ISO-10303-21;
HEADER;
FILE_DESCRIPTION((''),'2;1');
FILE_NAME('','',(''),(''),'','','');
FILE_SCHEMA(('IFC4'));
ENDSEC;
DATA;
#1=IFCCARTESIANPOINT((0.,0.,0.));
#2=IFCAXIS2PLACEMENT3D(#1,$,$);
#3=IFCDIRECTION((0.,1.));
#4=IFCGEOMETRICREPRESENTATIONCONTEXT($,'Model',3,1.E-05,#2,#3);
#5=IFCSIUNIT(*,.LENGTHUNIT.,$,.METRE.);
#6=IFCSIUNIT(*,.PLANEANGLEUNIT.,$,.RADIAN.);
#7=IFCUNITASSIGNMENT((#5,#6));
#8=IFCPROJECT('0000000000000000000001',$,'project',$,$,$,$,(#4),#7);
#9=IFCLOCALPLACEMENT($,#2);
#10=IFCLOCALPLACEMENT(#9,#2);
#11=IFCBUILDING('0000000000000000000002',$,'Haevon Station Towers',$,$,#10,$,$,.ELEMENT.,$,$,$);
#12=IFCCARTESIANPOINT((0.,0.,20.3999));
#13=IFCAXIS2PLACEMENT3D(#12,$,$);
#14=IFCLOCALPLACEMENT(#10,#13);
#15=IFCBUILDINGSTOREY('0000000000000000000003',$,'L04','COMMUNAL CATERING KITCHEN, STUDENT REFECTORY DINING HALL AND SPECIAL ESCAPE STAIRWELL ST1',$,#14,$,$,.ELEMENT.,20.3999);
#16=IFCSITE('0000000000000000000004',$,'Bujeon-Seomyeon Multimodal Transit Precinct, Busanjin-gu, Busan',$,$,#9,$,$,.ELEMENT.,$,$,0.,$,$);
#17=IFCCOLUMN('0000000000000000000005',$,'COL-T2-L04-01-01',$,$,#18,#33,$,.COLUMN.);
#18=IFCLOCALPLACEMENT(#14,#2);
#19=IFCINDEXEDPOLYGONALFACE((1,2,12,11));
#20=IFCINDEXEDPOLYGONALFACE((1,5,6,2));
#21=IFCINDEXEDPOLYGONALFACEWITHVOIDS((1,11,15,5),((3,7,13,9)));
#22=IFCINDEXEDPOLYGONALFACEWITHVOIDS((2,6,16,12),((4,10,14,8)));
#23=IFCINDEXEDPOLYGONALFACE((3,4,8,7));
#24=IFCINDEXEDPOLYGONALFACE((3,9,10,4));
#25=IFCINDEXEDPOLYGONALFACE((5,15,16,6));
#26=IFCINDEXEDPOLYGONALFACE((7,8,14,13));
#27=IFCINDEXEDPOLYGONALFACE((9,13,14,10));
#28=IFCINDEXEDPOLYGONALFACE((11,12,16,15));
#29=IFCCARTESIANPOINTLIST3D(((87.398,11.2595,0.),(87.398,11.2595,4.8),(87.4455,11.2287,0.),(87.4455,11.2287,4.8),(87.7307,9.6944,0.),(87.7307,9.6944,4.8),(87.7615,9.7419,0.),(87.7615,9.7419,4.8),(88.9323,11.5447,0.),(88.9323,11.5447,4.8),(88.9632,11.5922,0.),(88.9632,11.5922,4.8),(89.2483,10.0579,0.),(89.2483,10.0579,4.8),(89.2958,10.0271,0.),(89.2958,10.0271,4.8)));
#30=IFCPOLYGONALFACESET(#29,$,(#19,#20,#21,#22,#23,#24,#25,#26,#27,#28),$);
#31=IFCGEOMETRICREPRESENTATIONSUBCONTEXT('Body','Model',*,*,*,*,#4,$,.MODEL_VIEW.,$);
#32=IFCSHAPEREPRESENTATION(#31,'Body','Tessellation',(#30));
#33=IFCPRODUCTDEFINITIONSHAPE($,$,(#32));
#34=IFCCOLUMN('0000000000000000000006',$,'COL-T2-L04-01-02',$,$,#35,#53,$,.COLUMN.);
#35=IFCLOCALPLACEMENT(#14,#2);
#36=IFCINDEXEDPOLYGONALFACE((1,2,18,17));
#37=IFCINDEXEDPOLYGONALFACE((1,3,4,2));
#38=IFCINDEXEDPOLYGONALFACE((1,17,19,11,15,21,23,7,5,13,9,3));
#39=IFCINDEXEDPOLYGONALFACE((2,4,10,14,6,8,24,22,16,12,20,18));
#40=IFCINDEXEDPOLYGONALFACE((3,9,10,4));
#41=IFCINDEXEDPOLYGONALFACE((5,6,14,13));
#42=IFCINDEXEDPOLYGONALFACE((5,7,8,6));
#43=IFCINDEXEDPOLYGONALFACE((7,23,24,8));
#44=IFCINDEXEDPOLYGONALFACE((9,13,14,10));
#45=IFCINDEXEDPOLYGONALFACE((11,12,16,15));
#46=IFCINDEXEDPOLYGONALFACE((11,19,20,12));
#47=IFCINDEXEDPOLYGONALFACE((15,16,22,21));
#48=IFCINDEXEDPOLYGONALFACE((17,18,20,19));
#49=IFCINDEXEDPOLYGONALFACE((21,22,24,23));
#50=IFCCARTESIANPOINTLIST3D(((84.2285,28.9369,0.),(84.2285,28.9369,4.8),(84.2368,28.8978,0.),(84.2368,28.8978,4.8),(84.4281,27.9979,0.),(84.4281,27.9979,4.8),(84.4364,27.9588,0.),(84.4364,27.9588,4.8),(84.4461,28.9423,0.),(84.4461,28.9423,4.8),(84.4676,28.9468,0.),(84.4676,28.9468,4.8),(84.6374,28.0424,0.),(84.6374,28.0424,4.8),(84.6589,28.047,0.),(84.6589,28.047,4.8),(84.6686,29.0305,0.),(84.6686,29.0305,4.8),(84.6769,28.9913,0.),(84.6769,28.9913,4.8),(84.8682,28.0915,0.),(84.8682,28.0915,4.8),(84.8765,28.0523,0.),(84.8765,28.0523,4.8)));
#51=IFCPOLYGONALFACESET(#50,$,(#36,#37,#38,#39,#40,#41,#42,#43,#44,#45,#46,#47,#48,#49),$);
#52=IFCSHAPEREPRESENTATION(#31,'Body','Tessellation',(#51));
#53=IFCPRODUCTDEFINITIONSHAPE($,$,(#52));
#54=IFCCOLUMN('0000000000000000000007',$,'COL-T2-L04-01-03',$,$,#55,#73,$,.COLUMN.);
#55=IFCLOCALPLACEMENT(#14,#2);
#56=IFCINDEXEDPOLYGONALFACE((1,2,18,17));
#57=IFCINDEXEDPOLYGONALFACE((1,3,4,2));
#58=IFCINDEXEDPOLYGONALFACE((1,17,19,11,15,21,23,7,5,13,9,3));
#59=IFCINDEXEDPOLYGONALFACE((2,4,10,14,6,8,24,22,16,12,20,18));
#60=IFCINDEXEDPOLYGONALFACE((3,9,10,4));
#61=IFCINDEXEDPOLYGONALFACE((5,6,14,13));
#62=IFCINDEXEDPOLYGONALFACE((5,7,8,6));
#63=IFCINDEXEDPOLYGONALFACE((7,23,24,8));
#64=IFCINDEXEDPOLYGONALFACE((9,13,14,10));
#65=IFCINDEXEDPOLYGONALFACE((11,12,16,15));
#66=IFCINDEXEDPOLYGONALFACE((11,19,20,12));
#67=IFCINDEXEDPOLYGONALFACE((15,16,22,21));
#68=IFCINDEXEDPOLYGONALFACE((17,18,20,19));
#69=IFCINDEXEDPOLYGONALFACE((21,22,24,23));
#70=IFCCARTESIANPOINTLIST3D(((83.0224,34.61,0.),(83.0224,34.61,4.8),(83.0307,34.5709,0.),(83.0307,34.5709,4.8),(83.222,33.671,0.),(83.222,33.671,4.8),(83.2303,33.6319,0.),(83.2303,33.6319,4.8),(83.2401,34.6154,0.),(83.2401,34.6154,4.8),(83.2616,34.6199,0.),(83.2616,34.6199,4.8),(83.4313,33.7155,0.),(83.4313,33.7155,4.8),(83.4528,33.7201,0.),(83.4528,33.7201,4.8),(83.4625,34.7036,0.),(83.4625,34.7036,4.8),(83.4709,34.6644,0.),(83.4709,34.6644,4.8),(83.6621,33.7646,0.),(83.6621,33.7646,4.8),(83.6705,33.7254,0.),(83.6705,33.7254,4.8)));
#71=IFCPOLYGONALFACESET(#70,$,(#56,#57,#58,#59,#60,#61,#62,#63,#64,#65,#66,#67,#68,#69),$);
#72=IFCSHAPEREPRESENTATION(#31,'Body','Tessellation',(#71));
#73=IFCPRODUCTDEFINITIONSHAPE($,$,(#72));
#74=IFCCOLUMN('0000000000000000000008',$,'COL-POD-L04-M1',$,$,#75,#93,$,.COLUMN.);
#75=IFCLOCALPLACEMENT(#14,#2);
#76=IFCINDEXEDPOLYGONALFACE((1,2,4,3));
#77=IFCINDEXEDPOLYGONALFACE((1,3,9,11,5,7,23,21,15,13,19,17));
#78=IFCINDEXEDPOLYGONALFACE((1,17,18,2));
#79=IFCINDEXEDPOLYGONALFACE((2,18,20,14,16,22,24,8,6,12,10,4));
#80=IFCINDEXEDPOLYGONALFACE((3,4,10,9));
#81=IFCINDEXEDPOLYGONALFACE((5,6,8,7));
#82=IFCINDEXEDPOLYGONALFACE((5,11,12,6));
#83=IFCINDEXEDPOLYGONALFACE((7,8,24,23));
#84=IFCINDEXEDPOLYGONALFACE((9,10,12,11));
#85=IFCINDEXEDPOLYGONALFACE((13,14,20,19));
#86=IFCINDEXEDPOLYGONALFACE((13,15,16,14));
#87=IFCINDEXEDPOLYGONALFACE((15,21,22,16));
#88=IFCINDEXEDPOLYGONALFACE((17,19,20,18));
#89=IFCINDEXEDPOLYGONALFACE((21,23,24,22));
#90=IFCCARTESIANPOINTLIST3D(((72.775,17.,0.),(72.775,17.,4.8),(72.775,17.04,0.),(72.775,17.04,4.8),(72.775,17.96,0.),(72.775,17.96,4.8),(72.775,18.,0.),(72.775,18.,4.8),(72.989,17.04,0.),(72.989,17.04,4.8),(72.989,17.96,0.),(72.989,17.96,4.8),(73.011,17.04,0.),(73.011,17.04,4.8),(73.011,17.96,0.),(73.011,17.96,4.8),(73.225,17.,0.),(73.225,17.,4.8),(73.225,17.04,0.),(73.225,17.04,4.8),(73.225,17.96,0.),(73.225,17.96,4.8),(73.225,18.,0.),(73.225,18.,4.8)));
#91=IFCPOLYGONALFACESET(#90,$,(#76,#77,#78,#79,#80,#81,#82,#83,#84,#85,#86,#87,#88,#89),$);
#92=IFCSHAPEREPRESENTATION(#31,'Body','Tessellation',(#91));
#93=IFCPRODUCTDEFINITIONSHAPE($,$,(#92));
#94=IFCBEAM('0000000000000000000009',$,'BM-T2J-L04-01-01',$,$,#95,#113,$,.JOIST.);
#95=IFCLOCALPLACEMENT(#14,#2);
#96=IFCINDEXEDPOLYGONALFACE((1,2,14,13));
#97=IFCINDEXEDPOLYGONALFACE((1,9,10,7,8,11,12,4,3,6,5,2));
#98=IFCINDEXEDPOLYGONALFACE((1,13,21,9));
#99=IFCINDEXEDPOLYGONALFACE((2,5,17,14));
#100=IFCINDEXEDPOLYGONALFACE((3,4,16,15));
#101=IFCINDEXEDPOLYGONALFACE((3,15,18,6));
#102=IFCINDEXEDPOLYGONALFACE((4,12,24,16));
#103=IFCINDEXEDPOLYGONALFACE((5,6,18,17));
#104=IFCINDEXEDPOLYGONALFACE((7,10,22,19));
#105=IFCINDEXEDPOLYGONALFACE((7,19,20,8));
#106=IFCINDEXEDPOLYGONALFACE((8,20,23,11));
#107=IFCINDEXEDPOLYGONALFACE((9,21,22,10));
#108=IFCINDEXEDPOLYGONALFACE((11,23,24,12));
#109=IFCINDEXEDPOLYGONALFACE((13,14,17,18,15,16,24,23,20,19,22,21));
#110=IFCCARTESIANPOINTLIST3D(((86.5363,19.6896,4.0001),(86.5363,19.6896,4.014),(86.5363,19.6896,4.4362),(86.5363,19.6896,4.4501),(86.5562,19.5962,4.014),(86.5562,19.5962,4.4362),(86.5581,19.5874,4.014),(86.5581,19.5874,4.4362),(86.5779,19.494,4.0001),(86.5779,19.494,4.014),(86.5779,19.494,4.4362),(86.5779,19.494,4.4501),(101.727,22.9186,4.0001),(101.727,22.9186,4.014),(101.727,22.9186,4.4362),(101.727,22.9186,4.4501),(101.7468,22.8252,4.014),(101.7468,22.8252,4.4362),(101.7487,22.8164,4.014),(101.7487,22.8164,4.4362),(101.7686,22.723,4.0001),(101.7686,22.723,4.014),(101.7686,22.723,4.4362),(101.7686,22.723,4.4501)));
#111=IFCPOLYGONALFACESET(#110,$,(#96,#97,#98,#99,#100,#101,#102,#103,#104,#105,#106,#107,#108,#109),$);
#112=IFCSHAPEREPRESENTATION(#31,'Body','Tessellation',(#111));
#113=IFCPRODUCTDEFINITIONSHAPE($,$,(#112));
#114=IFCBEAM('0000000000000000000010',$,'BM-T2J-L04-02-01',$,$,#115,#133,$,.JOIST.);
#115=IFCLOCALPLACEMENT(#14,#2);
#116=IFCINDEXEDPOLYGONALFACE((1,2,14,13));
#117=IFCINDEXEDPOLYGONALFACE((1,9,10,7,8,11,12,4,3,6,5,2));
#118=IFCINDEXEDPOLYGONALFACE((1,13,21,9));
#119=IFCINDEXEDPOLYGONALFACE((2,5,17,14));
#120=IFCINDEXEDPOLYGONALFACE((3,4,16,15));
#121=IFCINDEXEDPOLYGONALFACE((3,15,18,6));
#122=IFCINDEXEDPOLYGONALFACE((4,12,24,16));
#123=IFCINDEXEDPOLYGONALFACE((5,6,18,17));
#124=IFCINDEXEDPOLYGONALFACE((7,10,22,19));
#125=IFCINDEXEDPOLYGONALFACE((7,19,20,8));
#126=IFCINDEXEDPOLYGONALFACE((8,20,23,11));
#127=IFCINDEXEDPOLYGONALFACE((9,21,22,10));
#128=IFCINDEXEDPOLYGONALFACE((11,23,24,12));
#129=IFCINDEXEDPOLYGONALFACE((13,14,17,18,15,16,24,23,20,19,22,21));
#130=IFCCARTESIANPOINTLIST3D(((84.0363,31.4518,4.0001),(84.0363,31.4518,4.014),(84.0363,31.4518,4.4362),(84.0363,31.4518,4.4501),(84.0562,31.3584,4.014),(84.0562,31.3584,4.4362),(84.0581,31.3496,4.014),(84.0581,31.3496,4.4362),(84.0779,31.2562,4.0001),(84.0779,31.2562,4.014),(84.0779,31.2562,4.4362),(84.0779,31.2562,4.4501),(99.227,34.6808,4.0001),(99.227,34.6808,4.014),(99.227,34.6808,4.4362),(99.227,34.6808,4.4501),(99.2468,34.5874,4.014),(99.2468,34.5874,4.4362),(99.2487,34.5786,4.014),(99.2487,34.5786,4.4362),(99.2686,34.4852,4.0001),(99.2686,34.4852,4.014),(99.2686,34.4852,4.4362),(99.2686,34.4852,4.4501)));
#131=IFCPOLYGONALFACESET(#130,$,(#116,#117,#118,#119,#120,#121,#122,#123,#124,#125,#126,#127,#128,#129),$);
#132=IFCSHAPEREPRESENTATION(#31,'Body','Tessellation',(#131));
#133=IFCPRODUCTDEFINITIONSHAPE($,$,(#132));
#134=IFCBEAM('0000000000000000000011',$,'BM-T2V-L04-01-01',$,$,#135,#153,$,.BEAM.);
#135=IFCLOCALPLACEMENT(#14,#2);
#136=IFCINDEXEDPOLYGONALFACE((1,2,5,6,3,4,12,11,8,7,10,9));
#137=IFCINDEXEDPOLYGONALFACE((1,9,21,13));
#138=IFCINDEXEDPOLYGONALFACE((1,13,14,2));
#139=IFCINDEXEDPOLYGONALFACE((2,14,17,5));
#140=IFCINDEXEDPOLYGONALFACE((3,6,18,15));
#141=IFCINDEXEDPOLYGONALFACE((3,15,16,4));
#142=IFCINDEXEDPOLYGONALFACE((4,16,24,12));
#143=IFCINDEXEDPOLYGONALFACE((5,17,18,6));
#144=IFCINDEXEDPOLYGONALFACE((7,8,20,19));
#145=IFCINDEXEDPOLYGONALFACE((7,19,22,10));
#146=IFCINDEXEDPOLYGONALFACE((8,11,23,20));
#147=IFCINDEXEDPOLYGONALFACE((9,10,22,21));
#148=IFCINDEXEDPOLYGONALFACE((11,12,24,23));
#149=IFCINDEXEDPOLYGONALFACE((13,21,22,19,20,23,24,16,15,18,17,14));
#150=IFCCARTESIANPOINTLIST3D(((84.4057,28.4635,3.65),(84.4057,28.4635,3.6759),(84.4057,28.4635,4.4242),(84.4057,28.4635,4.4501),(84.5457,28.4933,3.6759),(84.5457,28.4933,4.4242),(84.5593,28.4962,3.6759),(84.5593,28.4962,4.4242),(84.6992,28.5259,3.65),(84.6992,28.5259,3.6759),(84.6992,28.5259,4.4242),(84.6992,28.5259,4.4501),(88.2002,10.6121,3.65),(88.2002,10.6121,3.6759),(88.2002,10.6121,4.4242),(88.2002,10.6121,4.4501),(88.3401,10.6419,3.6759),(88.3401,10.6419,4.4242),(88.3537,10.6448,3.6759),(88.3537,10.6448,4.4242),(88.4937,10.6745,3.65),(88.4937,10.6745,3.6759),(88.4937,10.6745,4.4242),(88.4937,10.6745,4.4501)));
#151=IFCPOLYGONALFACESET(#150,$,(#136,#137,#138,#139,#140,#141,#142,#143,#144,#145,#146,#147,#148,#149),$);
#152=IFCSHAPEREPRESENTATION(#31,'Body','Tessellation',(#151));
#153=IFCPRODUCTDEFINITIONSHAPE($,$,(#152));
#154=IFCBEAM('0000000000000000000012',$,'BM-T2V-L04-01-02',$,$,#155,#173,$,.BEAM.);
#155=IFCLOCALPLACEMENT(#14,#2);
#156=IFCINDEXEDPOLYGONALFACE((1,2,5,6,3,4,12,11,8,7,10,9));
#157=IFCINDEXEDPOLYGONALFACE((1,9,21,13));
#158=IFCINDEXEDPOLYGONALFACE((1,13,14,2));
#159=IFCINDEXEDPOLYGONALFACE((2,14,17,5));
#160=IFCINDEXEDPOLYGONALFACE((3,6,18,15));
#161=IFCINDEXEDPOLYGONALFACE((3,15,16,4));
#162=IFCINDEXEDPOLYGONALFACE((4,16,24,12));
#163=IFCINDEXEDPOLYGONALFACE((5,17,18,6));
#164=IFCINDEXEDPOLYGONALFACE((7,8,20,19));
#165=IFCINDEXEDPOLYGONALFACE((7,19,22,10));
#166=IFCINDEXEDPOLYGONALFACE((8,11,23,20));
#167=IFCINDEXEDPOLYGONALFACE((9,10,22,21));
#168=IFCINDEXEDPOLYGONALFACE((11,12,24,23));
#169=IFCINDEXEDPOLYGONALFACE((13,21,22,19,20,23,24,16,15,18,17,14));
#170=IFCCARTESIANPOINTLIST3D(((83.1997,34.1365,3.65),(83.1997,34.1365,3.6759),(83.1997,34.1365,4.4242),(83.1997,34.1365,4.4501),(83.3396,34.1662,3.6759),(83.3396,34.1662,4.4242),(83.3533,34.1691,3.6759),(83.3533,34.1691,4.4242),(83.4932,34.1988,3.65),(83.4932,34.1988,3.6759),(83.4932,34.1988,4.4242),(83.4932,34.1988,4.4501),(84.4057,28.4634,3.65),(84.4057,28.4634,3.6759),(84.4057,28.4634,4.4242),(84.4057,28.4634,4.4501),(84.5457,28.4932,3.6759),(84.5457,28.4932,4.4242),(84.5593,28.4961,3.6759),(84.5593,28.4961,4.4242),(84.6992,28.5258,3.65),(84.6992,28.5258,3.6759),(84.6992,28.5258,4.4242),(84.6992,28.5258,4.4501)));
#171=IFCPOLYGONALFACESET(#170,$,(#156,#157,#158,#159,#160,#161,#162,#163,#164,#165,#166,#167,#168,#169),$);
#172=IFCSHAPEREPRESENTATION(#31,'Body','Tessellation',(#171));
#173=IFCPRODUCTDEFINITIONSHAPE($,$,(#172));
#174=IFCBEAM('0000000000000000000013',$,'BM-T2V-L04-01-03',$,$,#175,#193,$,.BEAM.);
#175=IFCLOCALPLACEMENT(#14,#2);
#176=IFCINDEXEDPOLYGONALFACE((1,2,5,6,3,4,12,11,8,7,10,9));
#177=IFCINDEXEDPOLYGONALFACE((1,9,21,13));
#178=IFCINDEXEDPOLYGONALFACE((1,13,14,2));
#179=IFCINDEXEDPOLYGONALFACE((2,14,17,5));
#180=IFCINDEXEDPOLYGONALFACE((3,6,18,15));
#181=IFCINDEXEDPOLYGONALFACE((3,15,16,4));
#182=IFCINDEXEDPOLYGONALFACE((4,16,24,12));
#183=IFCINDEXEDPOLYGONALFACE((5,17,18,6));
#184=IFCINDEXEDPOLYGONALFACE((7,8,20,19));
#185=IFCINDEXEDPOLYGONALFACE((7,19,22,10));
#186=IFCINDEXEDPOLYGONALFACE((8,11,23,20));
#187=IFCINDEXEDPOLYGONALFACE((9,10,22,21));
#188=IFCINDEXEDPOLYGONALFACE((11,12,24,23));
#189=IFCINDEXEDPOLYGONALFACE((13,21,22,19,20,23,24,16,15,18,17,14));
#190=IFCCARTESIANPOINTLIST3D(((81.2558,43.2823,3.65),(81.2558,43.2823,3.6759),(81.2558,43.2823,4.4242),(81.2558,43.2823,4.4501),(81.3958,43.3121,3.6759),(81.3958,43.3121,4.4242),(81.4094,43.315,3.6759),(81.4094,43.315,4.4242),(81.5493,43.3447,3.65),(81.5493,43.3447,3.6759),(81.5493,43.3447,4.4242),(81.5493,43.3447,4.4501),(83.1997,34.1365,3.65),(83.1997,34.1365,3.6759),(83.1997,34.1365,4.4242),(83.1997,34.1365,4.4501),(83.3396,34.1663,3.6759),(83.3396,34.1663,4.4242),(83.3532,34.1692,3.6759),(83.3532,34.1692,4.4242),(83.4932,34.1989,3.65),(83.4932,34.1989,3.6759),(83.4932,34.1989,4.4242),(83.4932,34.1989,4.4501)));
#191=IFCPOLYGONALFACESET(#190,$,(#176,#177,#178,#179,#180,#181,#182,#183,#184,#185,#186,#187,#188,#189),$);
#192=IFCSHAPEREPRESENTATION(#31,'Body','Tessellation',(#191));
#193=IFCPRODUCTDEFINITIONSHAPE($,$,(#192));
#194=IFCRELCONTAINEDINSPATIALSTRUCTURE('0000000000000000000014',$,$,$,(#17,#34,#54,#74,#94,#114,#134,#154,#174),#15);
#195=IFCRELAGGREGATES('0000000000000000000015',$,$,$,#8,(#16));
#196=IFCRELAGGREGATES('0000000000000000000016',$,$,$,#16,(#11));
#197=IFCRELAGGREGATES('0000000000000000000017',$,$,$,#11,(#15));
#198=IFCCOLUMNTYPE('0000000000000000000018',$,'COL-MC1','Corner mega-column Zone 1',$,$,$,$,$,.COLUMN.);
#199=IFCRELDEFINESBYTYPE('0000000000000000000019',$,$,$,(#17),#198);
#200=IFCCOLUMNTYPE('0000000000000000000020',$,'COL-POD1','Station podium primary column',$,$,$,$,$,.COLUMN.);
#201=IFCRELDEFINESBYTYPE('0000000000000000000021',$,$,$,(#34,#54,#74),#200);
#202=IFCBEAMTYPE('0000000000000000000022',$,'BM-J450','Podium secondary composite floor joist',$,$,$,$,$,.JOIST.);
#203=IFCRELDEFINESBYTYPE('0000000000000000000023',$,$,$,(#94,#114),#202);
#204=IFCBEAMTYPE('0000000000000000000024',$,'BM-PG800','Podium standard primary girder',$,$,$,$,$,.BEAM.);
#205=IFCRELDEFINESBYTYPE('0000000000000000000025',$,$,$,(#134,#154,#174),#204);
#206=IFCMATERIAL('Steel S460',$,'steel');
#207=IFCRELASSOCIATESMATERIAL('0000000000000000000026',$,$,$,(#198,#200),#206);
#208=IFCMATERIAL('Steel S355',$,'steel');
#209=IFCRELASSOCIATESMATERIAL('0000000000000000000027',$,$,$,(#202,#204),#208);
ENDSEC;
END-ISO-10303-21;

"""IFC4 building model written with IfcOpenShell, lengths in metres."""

from ifc_helpers import new_model, si_unit, direction, frame, origin, origin_2d, place, context, subcontext, project, spatial, hollow_rectangle, i_section, extrude, material, material_profile, profile_set, type_object, element, save


model = new_model("IFC4")

# Units and contexts
model_context = context("Model", 3, precision=1e-05, world=origin(), true_north=direction((0.0, 1.0)))
body_context = subcontext(model_context, "Body", "Model", "MODEL_VIEW")
ifc_project = project(units=[si_unit("LENGTHUNIT", "METRE"), si_unit("PLANEANGLEUNIT", "RADIAN")], contexts=[model_context])

# Site, building, storey
site_placement = place(None, origin())
site = spatial("IfcSite", under=ifc_project, at=site_placement, Name="Bujeon-Seomyeon Multimodal Transit Precinct, Busanjin-gu, Busan", CompositionType="ELEMENT", RefElevation=0.0)
building_placement = place(site_placement, origin())
building = spatial("IfcBuilding", under=site, at=building_placement, Name="Haevon Station Towers", CompositionType="ELEMENT")
storey_placement = place(building_placement, frame((0.0, 0.0, 20.3999)))
storey = spatial("IfcBuildingStorey", under=building, at=storey_placement, Name="L04", Description="COMMUNAL CATERING KITCHEN, STUDENT REFECTORY DINING HALL AND SPECIAL ESCAPE STAIRWELL ST1", CompositionType="ELEMENT", Elevation=20.3999)

# Columns
ifc_material_1 = material(Name="Steel S460", Category="steel")
ifc_material_profile_1 = material_profile(ifc_material_1, hollow_rectangle(XDim=1.6001, YDim=1.6001, WallThickness=0.04, at=origin_2d()), Name="BOX-1600x1600x40")
ifc_profile_set_1 = profile_set([ifc_material_profile_1], Name="Steel S460")
column_type_1 = type_object("IfcColumnType", Name="COL-MC1", Description="Corner mega-column Zone 1", PredefinedType="COLUMN", material=ifc_profile_set_1)
column_placement = place(storey_placement, frame((88.3469, 10.6433, 0.0), z_axis=(0.0, 0.0, 1.0), x_axis=(0.978148, 0.207912, 0.0)))
element("IfcColumn", 1, at=column_placement, inside=storey, type_object=column_type_1, Name="COL-T2-L04-01-01", PredefinedType="COLUMN", context=body_context, shape_type="SweptSolid", body=[
    extrude(hollow_rectangle(XDim=1.6001, YDim=1.6001, WallThickness=0.04, at=origin_2d()), origin(), (0.0, 0.0, 1.0), 4.8),
])
ifc_material_profile_2 = material_profile(ifc_material_1, i_section(OverallWidth=0.45, OverallDepth=1.0, WebThickness=0.022, FlangeThickness=0.04, at=origin_2d()), Name="H-1000x450x22x40")
ifc_profile_set_2 = profile_set([ifc_material_profile_2], Name="Steel S460")
column_type_2 = type_object("IfcColumnType", Name="COL-POD1", Description="Station podium primary column", PredefinedType="COLUMN", material=ifc_profile_set_2)
for number, where, z_axis, x_axis, name in (
    (2, (84.5525, 28.4946, 0.0), (0.0, 0.0, 1.0), (0.978148, 0.207912, 0.0), "COL-T2-L04-01-02"),
    (3, (83.3464, 34.1677, 0.0), (0.0, 0.0, 1.0), (0.978148, 0.207912, 0.0), "COL-T2-L04-01-03"),
    (4, (73.0, 17.5, 0.0), (0.0, 0.0, 1.0), (1.0, 0.0, 0.0), "COL-POD-L04-M1"),
):
    element("IfcColumn", number, at=place(storey_placement, frame(where, z_axis=z_axis, x_axis=x_axis)), inside=storey, type_object=column_type_2, Name=name, PredefinedType="COLUMN", context=body_context, shape_type="SweptSolid", body=[
        extrude(i_section(OverallWidth=0.45, OverallDepth=1.0, WebThickness=0.022, FlangeThickness=0.04, at=origin_2d()), origin(), (0.0, 0.0, 1.0), 4.8),
    ])

# Beams
ifc_material_2 = material(Name="Steel S355", Category="steel")
ifc_material_profile_3 = material_profile(ifc_material_2, i_section(OverallWidth=0.2, OverallDepth=0.45, WebThickness=0.009, FlangeThickness=0.0139, at=origin_2d()), Name="H-450x200x9x14")
ifc_profile_set_3 = profile_set([ifc_material_profile_3], Name="Steel S355")
beam_type_1 = type_object("IfcBeamType", Name="BM-J450", Description="Podium secondary composite floor joist", PredefinedType="JOIST", material=ifc_profile_set_3)
for number, where, z_axis, x_axis, name in (
    (5, (86.5571, 19.5918, 4.2251), (0.978146, 0.207919, 0.0), (-0.207919, 0.978146, 0.0), "BM-T2J-L04-01-01"),
    (6, (84.0571, 31.354, 4.2251), (0.978146, 0.207919, 0.0), (-0.207919, 0.978146, 0.0), "BM-T2J-L04-02-01"),
):
    element("IfcBeam", number, at=place(storey_placement, frame(where, z_axis=z_axis, x_axis=x_axis)), inside=storey, type_object=beam_type_1, Name=name, PredefinedType="JOIST", context=body_context, shape_type="SweptSolid", body=[
        extrude(i_section(OverallWidth=0.2, OverallDepth=0.45, WebThickness=0.009, FlangeThickness=0.0139, at=origin_2d()), origin(), (0.0, 0.0, 1.0), 15.53),
    ])
ifc_material_profile_4 = material_profile(ifc_material_2, i_section(OverallWidth=0.3, OverallDepth=0.8, WebThickness=0.0139, FlangeThickness=0.0259, at=origin_2d()), Name="H-800x300x14x26")
ifc_profile_set_4 = profile_set([ifc_material_profile_4], Name="Steel S355")
beam_type_2 = type_object("IfcBeamType", Name="BM-PG800", Description="Podium standard primary girder", PredefinedType="BEAM", material=ifc_profile_set_4)
beam_1_placement = place(storey_placement, frame((88.3469, 10.6433, 4.05), z_axis=(-0.207913, 0.978147, 0.0), x_axis=(-0.978147, -0.207913, 0.0)))
element("IfcBeam", 7, at=beam_1_placement, inside=storey, type_object=beam_type_2, Name="BM-T2V-L04-01-01", PredefinedType="BEAM", context=body_context, shape_type="SweptSolid", body=[
    extrude(i_section(OverallWidth=0.3, OverallDepth=0.8, WebThickness=0.0139, FlangeThickness=0.0259, at=origin_2d()), origin(), (0.0, 0.0, 1.0), 18.2502),
])
beam_2_placement = place(storey_placement, frame((84.5525, 28.4946, 4.05), z_axis=(-0.207945, 0.978141, 0.0), x_axis=(-0.978141, -0.207945, 0.0)))
element("IfcBeam", 8, at=beam_2_placement, inside=storey, type_object=beam_type_2, Name="BM-T2V-L04-01-02", PredefinedType="BEAM", context=body_context, shape_type="SweptSolid", body=[
    extrude(i_section(OverallWidth=0.3, OverallDepth=0.8, WebThickness=0.0139, FlangeThickness=0.0259, at=origin_2d()), origin(), (0.0, 0.0, 1.0), 5.7998),
])
beam_3_placement = place(storey_placement, frame((83.3464, 34.1677, 4.05), z_axis=(-0.207897, 0.978151, 0.0), x_axis=(-0.978151, -0.207897, 0.0)))
element("IfcBeam", 9, at=beam_3_placement, inside=storey, type_object=beam_type_2, Name="BM-T2V-L04-01-03", PredefinedType="BEAM", context=body_context, shape_type="SweptSolid", body=[
    extrude(i_section(OverallWidth=0.3, OverallDepth=0.8, WebThickness=0.0139, FlangeThickness=0.0259, at=origin_2d()), origin(), (0.0, 0.0, 1.0), 9.3501),
])

save(model, "model.ifc")
